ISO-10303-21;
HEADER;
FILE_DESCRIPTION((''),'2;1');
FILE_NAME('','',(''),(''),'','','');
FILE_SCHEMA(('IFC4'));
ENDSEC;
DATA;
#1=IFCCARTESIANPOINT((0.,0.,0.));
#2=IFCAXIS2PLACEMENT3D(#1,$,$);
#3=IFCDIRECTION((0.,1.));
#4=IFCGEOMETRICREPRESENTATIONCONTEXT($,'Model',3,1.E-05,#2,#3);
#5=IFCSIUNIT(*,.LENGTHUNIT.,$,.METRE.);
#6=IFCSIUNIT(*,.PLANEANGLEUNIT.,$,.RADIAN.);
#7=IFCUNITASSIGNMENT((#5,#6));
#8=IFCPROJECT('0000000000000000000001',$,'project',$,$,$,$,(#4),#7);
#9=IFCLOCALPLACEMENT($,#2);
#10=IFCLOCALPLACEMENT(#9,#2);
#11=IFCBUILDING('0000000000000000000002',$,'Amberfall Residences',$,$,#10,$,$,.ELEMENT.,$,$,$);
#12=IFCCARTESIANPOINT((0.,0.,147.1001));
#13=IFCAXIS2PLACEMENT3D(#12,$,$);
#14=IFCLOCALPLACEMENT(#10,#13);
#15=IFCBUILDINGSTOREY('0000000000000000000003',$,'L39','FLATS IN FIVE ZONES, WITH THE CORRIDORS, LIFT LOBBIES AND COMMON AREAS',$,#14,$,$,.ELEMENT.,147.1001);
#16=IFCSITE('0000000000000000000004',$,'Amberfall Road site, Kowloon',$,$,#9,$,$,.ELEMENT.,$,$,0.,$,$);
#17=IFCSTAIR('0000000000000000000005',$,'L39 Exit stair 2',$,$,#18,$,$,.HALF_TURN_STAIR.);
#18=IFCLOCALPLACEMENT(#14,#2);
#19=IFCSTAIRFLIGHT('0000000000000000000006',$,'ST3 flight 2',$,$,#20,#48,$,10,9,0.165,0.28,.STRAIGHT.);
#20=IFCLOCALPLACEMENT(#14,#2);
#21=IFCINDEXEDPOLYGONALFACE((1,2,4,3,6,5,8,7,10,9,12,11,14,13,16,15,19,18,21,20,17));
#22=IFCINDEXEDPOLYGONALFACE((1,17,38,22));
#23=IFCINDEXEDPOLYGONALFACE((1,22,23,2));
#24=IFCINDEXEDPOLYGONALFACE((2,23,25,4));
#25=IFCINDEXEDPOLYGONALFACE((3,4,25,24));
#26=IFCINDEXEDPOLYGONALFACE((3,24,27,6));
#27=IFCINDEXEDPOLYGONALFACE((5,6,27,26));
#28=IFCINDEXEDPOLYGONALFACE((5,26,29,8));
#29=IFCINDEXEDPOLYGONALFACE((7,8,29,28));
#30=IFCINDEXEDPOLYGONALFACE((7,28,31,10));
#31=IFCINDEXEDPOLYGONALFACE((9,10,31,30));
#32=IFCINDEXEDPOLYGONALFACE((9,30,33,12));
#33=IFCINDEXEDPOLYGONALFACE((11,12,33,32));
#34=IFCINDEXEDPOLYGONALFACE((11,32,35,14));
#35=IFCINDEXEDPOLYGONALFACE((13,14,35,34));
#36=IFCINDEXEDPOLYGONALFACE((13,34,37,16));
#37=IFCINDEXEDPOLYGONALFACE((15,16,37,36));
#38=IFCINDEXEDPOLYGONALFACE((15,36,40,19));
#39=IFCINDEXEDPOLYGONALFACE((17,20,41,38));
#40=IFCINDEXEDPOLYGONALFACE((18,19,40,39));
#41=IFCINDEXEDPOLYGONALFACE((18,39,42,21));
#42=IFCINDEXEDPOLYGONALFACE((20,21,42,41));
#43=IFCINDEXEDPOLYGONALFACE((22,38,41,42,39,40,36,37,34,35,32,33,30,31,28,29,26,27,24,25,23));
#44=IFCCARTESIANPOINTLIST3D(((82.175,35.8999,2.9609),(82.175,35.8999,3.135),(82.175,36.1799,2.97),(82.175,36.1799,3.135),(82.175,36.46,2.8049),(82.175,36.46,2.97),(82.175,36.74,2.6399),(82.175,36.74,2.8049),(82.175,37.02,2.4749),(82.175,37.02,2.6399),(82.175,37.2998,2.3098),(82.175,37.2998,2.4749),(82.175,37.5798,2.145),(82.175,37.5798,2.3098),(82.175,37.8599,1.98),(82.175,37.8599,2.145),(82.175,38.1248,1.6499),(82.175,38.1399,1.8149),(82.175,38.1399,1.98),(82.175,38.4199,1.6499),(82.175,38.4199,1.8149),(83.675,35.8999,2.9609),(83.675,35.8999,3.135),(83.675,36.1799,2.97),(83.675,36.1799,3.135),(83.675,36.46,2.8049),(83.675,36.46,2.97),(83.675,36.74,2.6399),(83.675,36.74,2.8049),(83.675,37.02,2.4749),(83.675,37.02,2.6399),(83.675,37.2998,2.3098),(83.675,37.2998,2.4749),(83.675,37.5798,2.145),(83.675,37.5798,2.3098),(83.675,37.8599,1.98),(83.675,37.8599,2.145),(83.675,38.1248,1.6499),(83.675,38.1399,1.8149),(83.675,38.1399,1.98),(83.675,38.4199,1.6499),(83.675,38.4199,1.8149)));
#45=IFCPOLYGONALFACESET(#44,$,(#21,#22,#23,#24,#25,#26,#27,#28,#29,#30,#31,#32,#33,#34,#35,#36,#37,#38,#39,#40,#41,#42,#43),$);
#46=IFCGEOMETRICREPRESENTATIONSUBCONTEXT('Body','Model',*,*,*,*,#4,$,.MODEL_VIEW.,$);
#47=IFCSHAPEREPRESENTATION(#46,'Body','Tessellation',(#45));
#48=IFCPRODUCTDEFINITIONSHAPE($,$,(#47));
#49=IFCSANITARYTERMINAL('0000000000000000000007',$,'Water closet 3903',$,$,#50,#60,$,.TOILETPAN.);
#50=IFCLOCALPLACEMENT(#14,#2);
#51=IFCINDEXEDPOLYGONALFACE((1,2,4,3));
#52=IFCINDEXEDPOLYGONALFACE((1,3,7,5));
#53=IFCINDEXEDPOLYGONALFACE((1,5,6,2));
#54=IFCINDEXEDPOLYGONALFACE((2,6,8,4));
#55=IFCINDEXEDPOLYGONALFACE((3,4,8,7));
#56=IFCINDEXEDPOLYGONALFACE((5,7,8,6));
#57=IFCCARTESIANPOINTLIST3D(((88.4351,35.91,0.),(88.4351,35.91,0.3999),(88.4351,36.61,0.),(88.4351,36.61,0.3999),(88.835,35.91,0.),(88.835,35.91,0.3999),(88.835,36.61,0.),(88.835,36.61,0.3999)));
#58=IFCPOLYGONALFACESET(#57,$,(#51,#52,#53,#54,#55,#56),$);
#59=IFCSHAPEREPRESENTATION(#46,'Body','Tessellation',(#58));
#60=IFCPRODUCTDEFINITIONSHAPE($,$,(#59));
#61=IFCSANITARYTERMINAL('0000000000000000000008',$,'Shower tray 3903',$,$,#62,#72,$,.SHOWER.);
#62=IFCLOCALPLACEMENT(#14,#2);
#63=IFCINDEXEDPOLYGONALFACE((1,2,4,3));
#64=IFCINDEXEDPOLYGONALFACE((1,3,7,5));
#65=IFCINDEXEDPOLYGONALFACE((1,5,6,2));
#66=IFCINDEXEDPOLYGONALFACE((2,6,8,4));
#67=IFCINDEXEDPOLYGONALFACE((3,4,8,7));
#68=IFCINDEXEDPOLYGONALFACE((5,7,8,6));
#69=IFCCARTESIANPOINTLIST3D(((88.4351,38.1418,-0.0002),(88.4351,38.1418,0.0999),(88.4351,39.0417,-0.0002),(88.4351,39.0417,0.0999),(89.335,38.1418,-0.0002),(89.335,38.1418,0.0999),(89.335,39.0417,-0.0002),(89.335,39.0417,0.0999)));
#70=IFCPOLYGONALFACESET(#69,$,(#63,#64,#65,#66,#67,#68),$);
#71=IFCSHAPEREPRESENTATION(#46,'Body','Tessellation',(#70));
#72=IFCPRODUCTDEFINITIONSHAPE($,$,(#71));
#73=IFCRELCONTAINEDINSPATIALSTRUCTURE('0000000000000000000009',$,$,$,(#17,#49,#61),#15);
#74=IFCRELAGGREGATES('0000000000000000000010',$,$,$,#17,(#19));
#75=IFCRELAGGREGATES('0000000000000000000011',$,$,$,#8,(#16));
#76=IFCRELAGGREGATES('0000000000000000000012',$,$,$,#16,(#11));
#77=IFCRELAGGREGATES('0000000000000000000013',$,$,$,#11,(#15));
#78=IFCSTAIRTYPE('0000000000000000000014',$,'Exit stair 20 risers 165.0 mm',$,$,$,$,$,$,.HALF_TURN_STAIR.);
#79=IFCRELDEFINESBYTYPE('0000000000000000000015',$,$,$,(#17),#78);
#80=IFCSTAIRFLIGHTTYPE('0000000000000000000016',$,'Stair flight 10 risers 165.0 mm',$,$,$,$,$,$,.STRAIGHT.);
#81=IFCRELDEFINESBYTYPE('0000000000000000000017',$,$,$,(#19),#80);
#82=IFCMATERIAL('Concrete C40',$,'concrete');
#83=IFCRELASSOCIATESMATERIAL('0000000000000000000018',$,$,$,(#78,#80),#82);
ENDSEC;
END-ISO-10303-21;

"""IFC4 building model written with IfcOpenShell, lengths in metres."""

from ifc_helpers import new_model, si_unit, direction, frame, origin, origin_2d, place, context, subcontext, project, spatial, polyline, rectangle, outline, extrude, material, type_object, element, aggregate, save


model = new_model("IFC4")

# Units and contexts
model_context = context("Model", 3, precision=1e-05, world=origin(), true_north=direction((0.0, 1.0)))
body_context = subcontext(model_context, "Body", "Model", "MODEL_VIEW")
ifc_project = project(units=[si_unit("LENGTHUNIT", "METRE"), si_unit("PLANEANGLEUNIT", "RADIAN")], contexts=[model_context])

# Site, building, storey
site_placement = place(None, origin())
site = spatial("IfcSite", under=ifc_project, at=site_placement, Name="Amberfall Road site, Kowloon", CompositionType="ELEMENT", RefElevation=0.0)
building_placement = place(site_placement, origin())
building = spatial("IfcBuilding", under=site, at=building_placement, Name="Amberfall Residences", CompositionType="ELEMENT")
storey_placement = place(building_placement, frame((0.0, 0.0, 147.1001)))
storey = spatial("IfcBuildingStorey", under=building, at=storey_placement, Name="L39", Description="FLATS IN FIVE ZONES, WITH THE CORRIDORS, LIFT LOBBIES AND COMMON AREAS", CompositionType="ELEMENT", Elevation=147.1001)

# Stair, stair flight
ifc_material_1 = material(Name="Concrete C40", Category="concrete")
stair_type = type_object("IfcStairType", Name="Exit stair 20 risers 165.0 mm", PredefinedType="HALF_TURN_STAIR", material=ifc_material_1)
stair_placement = place(storey_placement, origin())
stair = element("IfcStair", 1, at=stair_placement, inside=storey, type_object=stair_type, Name="L39 Exit stair 2", PredefinedType="HALF_TURN_STAIR")
stair_flight_type = type_object("IfcStairFlightType", Name="Stair flight 10 risers 165.0 mm", PredefinedType="STRAIGHT", material=ifc_material_1)
stair_flight_1_placement = place(storey_placement, frame((82.925, 38.4199, 1.6499), z_axis=(0.0, 0.0, 1.0), x_axis=(0.0, -1.0, 0.0)))
stair_flight_1 = element("IfcStairFlight", 2, at=stair_flight_1_placement, type_object=stair_flight_type, Name="ST3 flight 2", NumberOfRisers=10, NumberOfTreads=9, PredefinedType="STRAIGHT", RiserHeight=0.165, TreadLength=0.28, context=body_context, shape_type="SweptSolid", body=[
    extrude(outline(polyline([(0.0, 0.0), (0.0, 0.165), (0.28, 0.165), (0.28, 0.3301), (0.5601, 0.3301), (0.5601, 0.4951), (0.8401, 0.4951), (0.8401, 0.6599), (1.1201, 0.6599), (1.1201, 0.825), (1.3999, 0.825), (1.3999, 0.99), (1.6799, 0.99), (1.6799, 1.155), (1.96, 1.155), (1.96, 1.3201), (2.24, 1.3201), (2.24, 1.4851), (2.52, 1.4851), (2.52, 1.6499), (2.52, 1.311), (0.2952, 0.0), (0.0, 0.0)])), frame((0.0, 0.75, 0.0), z_axis=(0.0, -1.0, 0.0), x_axis=(1.0, 0.0, 0.0)), (0.0, 0.0, 1.0), 1.5),
])
aggregate(stair, [stair_flight_1])

# Sanitary terminals
sanitary_terminal_1_placement = place(storey_placement, frame((88.635, 36.26, 0.0), z_axis=(0.0, 0.0, 1.0), x_axis=(1.0, 0.0, 0.0)))
element("IfcSanitaryTerminal", 3, at=sanitary_terminal_1_placement, inside=storey, Name="Water closet 3903", PredefinedType="TOILETPAN", context=body_context, shape_type="SweptSolid", body=[
    extrude(rectangle(XDim=0.3999, YDim=0.7, at=origin_2d()), origin(), (0.0, 0.0, 1.0), 0.3999),
])
sanitary_terminal_2_placement = place(storey_placement, frame((88.885, 38.5918, -0.0002), z_axis=(0.0, 0.0, 1.0), x_axis=(1.0, 0.0, 0.0)))
element("IfcSanitaryTerminal", 4, at=sanitary_terminal_2_placement, inside=storey, Name="Shower tray 3903", PredefinedType="SHOWER", context=body_context, shape_type="SweptSolid", body=[
    extrude(rectangle(XDim=0.8999, YDim=0.8999, at=origin_2d()), origin(), (0.0, 0.0, 1.0), 0.1001),
])

save(model, "model.ifc")
